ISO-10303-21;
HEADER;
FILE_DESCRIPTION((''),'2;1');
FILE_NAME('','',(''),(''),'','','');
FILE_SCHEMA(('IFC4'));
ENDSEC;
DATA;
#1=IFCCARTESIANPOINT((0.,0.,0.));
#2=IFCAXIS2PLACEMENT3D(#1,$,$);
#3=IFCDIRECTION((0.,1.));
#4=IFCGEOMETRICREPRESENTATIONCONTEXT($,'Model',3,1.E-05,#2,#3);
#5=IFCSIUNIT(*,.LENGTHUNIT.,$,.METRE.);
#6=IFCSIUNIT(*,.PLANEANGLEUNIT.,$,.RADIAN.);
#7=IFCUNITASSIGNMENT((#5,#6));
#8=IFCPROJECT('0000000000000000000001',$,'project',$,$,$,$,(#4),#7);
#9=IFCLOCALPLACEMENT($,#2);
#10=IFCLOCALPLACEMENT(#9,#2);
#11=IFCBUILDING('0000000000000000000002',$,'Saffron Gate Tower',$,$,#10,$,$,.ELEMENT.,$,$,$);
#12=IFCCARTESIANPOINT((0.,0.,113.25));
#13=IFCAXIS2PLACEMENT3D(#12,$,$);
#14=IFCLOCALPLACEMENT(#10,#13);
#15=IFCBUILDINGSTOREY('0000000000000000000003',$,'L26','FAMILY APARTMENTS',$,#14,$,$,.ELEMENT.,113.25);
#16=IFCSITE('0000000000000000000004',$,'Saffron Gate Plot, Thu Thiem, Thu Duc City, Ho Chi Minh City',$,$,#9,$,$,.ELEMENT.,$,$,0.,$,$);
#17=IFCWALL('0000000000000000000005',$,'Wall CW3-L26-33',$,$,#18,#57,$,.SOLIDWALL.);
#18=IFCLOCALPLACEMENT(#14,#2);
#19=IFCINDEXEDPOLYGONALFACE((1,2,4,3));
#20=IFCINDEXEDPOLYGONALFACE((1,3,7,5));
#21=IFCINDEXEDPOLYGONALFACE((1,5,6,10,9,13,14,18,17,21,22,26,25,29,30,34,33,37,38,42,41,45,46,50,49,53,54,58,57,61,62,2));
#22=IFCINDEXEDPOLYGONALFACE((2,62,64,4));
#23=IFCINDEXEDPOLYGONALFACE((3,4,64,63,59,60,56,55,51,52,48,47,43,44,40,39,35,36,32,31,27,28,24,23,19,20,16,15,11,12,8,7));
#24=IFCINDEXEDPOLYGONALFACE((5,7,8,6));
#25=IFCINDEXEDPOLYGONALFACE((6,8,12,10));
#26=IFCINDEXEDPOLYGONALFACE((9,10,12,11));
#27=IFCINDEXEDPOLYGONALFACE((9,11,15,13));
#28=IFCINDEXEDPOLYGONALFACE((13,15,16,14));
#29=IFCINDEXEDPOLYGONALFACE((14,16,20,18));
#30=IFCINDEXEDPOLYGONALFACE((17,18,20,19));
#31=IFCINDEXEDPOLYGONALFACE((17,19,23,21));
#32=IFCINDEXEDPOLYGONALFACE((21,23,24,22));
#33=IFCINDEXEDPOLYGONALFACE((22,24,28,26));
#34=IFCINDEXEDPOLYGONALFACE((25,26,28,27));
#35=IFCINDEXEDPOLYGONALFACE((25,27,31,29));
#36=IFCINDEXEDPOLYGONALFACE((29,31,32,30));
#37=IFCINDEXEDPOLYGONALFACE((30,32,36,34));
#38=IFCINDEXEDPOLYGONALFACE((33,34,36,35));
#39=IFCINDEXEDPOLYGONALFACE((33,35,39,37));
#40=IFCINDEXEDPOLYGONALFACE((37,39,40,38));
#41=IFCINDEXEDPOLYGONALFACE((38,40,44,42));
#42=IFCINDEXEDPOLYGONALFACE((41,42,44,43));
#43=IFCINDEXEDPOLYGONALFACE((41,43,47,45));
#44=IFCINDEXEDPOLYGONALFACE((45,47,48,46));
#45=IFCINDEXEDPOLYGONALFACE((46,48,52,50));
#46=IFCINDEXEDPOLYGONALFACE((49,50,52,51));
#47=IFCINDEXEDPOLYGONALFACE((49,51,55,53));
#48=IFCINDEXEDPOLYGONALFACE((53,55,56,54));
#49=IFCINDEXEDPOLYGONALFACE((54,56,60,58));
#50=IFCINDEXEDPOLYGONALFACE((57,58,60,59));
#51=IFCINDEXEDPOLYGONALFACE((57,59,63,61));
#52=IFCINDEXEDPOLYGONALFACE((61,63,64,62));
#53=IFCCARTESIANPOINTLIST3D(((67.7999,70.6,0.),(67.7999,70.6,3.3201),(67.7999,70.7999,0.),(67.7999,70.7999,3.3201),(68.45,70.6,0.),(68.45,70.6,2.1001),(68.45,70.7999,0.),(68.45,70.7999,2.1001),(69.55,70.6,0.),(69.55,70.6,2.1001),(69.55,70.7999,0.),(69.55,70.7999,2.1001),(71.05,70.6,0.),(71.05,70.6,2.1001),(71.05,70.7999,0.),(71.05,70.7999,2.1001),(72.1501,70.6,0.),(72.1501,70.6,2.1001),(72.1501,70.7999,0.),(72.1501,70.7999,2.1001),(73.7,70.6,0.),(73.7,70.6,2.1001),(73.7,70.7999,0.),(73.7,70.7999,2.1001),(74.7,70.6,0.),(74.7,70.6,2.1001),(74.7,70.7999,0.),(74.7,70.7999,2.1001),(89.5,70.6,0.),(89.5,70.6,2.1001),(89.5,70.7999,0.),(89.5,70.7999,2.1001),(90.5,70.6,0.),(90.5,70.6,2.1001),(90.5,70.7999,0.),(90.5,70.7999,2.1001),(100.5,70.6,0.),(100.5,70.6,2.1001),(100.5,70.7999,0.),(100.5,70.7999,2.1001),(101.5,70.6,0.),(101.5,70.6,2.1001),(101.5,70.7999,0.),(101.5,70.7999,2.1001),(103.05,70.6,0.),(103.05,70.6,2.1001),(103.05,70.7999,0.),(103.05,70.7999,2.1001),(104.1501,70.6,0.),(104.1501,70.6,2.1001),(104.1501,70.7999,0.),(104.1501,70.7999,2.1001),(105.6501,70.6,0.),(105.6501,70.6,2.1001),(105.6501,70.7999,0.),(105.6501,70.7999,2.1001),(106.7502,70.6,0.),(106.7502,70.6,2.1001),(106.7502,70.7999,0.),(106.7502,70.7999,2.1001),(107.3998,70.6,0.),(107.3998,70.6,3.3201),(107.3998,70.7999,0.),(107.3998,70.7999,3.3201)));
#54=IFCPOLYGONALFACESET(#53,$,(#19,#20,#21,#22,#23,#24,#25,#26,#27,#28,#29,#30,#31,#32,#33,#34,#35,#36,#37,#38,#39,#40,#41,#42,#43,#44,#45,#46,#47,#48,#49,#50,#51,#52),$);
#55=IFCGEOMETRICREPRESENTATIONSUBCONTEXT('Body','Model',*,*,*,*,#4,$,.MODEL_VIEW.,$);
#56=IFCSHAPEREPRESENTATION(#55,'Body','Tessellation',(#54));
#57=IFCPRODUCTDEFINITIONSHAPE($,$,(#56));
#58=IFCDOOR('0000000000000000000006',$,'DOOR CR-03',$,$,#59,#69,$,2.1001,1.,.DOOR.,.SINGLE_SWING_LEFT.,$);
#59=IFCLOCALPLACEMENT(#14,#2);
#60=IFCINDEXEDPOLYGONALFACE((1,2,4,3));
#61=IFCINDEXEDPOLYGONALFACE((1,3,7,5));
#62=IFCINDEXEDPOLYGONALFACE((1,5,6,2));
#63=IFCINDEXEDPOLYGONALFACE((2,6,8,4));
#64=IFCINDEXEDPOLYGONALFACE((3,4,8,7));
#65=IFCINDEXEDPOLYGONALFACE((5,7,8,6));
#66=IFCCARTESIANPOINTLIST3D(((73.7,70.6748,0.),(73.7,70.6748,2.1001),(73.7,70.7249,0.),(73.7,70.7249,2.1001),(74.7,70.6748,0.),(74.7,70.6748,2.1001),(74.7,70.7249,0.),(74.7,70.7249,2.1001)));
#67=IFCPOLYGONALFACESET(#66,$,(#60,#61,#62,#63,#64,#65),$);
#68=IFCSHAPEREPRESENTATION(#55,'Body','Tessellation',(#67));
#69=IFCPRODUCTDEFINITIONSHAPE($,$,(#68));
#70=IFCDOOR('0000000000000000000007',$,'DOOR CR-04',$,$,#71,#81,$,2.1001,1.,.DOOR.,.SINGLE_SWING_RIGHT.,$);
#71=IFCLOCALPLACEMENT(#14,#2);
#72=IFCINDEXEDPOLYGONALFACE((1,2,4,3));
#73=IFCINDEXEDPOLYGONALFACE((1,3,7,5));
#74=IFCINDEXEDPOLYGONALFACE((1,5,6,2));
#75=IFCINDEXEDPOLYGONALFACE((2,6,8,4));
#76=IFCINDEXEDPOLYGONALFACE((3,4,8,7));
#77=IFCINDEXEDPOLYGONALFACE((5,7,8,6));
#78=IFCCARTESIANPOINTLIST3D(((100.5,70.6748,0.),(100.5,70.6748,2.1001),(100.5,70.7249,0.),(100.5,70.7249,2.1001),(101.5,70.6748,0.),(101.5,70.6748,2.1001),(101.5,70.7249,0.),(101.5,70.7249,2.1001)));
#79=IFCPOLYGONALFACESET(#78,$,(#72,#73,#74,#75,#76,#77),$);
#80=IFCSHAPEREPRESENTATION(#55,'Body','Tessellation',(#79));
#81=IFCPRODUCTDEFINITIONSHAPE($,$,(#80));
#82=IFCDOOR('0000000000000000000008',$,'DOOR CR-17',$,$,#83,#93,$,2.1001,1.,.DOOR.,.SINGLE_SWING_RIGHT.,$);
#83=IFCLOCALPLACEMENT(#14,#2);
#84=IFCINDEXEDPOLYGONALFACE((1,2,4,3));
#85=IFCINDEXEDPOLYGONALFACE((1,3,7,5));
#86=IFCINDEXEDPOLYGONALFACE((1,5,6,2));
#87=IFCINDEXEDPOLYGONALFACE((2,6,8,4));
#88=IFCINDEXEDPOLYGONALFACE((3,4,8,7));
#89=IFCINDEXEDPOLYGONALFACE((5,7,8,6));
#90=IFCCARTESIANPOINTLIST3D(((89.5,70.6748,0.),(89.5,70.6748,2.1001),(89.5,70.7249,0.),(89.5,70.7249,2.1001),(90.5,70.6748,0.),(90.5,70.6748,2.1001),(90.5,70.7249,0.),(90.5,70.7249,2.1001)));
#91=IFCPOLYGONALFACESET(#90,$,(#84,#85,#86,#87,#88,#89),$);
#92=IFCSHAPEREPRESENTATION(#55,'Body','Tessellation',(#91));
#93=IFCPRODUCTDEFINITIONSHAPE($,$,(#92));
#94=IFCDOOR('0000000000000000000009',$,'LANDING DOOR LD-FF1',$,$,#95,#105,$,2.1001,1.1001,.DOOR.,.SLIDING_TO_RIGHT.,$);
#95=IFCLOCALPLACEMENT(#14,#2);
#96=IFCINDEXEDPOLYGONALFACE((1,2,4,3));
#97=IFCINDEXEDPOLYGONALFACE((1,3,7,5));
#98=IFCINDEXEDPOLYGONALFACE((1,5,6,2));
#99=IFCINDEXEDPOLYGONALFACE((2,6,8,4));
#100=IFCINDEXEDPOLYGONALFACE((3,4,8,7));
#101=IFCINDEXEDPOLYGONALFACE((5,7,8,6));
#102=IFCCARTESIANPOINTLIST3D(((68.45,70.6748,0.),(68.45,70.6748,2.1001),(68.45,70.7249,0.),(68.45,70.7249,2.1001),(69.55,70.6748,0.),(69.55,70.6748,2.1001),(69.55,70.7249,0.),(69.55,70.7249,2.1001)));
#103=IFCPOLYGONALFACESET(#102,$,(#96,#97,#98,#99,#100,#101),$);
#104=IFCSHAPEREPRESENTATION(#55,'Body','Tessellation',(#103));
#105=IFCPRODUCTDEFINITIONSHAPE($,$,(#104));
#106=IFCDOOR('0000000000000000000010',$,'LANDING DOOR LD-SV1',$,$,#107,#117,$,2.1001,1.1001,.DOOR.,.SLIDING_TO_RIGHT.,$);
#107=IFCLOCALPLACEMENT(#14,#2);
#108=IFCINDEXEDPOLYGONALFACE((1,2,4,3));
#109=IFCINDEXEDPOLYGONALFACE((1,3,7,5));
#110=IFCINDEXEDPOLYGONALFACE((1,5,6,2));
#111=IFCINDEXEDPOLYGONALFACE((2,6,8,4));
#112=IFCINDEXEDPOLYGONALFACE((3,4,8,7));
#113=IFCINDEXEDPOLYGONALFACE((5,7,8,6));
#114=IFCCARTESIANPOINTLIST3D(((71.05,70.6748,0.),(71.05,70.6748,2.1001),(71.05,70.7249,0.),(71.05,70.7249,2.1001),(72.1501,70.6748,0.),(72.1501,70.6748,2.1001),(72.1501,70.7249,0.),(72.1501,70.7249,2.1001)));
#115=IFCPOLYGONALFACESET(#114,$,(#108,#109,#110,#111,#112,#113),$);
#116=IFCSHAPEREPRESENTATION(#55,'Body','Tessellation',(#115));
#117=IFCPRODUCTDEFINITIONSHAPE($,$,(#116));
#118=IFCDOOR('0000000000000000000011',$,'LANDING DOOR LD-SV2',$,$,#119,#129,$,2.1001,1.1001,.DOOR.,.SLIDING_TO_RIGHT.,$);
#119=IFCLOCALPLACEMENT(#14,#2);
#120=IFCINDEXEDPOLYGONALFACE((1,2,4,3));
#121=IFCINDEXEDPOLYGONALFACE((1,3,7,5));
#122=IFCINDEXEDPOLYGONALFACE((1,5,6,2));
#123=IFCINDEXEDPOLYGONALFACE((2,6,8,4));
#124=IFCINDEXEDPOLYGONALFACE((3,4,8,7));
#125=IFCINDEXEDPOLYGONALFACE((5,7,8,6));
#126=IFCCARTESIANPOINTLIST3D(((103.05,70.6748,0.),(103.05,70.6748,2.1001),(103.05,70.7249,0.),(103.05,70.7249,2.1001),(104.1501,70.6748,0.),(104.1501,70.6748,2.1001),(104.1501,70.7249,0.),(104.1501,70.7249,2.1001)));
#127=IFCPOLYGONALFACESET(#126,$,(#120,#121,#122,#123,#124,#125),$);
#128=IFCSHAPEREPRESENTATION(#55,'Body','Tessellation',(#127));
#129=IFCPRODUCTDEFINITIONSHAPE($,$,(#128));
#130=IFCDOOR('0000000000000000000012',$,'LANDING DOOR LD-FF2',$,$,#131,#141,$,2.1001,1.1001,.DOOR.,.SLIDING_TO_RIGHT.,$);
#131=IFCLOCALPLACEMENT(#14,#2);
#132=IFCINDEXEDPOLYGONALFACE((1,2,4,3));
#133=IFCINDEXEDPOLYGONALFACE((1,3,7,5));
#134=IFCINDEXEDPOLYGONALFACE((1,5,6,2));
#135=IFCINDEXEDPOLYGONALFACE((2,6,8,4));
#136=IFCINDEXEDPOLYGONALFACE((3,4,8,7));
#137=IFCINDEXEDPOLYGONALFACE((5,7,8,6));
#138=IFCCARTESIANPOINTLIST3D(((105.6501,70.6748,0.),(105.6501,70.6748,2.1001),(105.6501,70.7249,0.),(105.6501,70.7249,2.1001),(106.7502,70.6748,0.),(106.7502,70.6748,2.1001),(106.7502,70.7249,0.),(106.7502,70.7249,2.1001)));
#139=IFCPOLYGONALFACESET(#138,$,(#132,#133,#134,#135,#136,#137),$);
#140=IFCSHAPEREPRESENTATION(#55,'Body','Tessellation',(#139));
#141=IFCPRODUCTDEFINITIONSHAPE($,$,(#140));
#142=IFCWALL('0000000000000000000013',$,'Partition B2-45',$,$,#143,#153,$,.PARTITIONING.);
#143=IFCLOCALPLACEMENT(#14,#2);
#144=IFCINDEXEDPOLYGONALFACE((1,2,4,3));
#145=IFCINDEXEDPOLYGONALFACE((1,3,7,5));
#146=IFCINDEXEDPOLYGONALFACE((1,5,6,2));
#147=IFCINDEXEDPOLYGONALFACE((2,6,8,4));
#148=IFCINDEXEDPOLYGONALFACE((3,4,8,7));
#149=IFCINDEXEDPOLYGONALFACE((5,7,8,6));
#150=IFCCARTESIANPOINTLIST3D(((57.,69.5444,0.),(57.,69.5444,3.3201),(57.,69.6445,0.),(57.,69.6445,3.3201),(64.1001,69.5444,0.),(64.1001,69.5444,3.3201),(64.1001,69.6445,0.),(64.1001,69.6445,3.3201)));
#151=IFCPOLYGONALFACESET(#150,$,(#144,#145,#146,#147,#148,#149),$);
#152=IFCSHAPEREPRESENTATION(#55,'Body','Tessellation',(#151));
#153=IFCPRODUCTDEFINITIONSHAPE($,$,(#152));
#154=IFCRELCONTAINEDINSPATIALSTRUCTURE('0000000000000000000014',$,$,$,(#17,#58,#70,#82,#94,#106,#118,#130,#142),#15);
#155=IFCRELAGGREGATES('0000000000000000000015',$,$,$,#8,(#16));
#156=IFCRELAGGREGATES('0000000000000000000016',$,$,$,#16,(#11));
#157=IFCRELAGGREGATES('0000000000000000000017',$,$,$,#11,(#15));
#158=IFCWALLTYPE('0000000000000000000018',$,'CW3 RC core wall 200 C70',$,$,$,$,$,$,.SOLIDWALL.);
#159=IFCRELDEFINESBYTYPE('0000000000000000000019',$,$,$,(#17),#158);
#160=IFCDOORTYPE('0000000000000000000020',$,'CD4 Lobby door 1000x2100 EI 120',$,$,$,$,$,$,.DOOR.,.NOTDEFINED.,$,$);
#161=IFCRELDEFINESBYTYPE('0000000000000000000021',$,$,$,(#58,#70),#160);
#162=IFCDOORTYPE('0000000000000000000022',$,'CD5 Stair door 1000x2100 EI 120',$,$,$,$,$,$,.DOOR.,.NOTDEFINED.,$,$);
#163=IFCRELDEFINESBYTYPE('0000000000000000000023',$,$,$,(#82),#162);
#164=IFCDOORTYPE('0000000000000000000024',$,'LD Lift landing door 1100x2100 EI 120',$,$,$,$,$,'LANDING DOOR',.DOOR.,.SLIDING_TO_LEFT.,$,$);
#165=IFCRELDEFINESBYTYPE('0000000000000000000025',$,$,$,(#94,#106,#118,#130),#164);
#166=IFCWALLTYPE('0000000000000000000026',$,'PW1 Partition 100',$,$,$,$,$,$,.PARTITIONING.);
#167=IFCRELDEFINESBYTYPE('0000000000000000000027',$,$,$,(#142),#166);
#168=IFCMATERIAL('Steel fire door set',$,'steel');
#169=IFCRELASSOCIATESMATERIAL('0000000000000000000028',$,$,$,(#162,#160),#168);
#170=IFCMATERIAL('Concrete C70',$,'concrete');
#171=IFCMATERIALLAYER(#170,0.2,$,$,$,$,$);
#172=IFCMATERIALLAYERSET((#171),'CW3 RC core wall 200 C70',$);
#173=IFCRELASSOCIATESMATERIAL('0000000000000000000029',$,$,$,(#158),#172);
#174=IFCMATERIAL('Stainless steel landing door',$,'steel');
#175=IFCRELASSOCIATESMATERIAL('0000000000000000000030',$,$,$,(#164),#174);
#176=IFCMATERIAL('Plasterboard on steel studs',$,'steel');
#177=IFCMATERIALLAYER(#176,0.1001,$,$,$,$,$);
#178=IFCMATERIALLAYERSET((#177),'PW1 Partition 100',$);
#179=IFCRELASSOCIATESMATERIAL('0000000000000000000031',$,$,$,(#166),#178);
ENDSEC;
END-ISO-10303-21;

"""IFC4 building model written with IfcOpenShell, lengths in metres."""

from ifc_helpers import new_model, si_unit, direction, frame, frame_2d, origin, place, context, subcontext, project, spatial, rectangle, extrude, material, layer, layer_set, type_object, element, fill, save


model = new_model("IFC4")

# Units and contexts
model_context = context("Model", 3, precision=1e-05, world=origin(), true_north=direction((0.0, 1.0)))
body_context = subcontext(model_context, "Body", "Model", "MODEL_VIEW")
ifc_project = project(units=[si_unit("LENGTHUNIT", "METRE"), si_unit("PLANEANGLEUNIT", "RADIAN")], contexts=[model_context])

# Site, building, storey
site_placement = place(None, origin())
site = spatial("IfcSite", under=ifc_project, at=site_placement, Name="Saffron Gate Plot, Thu Thiem, Thu Duc City, Ho Chi Minh City", CompositionType="ELEMENT", RefElevation=0.0)
building_placement = place(site_placement, origin())
building = spatial("IfcBuilding", under=site, at=building_placement, Name="Saffron Gate Tower", CompositionType="ELEMENT")
storey_placement = place(building_placement, frame((0.0, 0.0, 113.25)))
storey = spatial("IfcBuildingStorey", under=building, at=storey_placement, Name="L26", Description="FAMILY APARTMENTS", CompositionType="ELEMENT", Elevation=113.25)

# Shared definitions
ifc_material_1 = material(Name="Concrete C70", Category="concrete")

# Wall, openings, doors
ifc_material_2 = material(Name="Steel fire door set", Category="steel")
door_type_1 = type_object("IfcDoorType", Name="CD5 Stair door 1000x2100 EI 120", OperationType="NOTDEFINED", PredefinedType="DOOR", material=ifc_material_2)
ifc_layer_1 = layer(ifc_material_1, 0.2)
ifc_layer_set_1 = layer_set([ifc_layer_1], Name="CW3 RC core wall 200 C70")
wall_type_1 = type_object("IfcWallType", Name="CW3 RC core wall 200 C70", PredefinedType="SOLIDWALL", material=ifc_layer_set_1)
wall_1_placement = place(storey_placement, frame((67.8, 70.7, 0.0), z_axis=(0.0, 0.0, 1.0), x_axis=(1.0, 0.0, 0.0)))
wall_1 = element("IfcWall", 1, at=wall_1_placement, inside=storey, type_object=wall_type_1, Name="Wall CW3-L26-33", PredefinedType="SOLIDWALL", context=body_context, shape_type="SweptSolid", body=[
    extrude(rectangle(XDim=39.5999, YDim=0.2, at=frame_2d((19.7998, 0.0))), origin(), (0.0, 0.0, 1.0), 3.3201),
])
opening_1_placement = place(wall_1_placement, frame((0.6499, 0.0, 0.0)))
opening_1 = element("IfcOpeningElement", 2, at=opening_1_placement, cuts=wall_1, PredefinedType="OPENING", context=body_context, shape_type="SweptSolid", body=[
    extrude(rectangle(XDim=1.1001, YDim=2.1001, at=frame_2d((0.55, 1.05))), frame((0.0, 0.1099, 0.0), z_axis=(0.0, -1.0, 0.0), x_axis=(1.0, 0.0, 0.0)), (0.0, 0.0, 1.0), 0.22),
])
opening_2_placement = place(wall_1_placement, frame((3.25, 0.0, 0.0)))
opening_2 = element("IfcOpeningElement", 3, at=opening_2_placement, cuts=wall_1, PredefinedType="OPENING", context=body_context, shape_type="SweptSolid", body=[
    extrude(rectangle(XDim=1.1001, YDim=2.1001, at=frame_2d((0.55, 1.05))), frame((0.0, 0.1099, 0.0), z_axis=(0.0, -1.0, 0.0), x_axis=(1.0, 0.0, 0.0)), (0.0, 0.0, 1.0), 0.22),
])
opening_3_placement = place(wall_1_placement, frame((5.8999, 0.0, 0.0)))
opening_3 = element("IfcOpeningElement", 4, at=opening_3_placement, cuts=wall_1, PredefinedType="OPENING", context=body_context, shape_type="SweptSolid", body=[
    extrude(rectangle(XDim=1.0, YDim=2.1001, at=frame_2d((0.5, 1.05))), frame((0.0, 0.1099, 0.0), z_axis=(0.0, -1.0, 0.0), x_axis=(1.0, 0.0, 0.0)), (0.0, 0.0, 1.0), 0.22),
])
opening_4_placement = place(wall_1_placement, frame((21.7, 0.0, 0.0)))
opening_4 = element("IfcOpeningElement", 5, at=opening_4_placement, cuts=wall_1, PredefinedType="OPENING", context=body_context, shape_type="SweptSolid", body=[
    extrude(rectangle(XDim=1.0, YDim=2.1001, at=frame_2d((0.5, 1.05))), frame((0.0, 0.1099, 0.0), z_axis=(0.0, -1.0, 0.0), x_axis=(1.0, 0.0, 0.0)), (0.0, 0.0, 1.0), 0.22),
])
opening_5_placement = place(wall_1_placement, frame((32.7, 0.0, 0.0)))
opening_5 = element("IfcOpeningElement", 6, at=opening_5_placement, cuts=wall_1, PredefinedType="OPENING", context=body_context, shape_type="SweptSolid", body=[
    extrude(rectangle(XDim=1.0, YDim=2.1001, at=frame_2d((0.5, 1.05))), frame((0.0, 0.1099, 0.0), z_axis=(0.0, -1.0, 0.0), x_axis=(1.0, 0.0, 0.0)), (0.0, 0.0, 1.0), 0.22),
])
opening_6_placement = place(wall_1_placement, frame((35.25, 0.0, 0.0)))
opening_6 = element("IfcOpeningElement", 7, at=opening_6_placement, cuts=wall_1, PredefinedType="OPENING", context=body_context, shape_type="SweptSolid", body=[
    extrude(rectangle(XDim=1.1001, YDim=2.1001, at=frame_2d((0.55, 1.05))), frame((0.0, 0.1099, 0.0), z_axis=(0.0, -1.0, 0.0), x_axis=(1.0, 0.0, 0.0)), (0.0, 0.0, 1.0), 0.22),
])
opening_7_placement = place(wall_1_placement, frame((37.8501, 0.0, 0.0)))
opening_7 = element("IfcOpeningElement", 8, at=opening_7_placement, cuts=wall_1, PredefinedType="OPENING", context=body_context, shape_type="SweptSolid", body=[
    extrude(rectangle(XDim=1.1001, YDim=2.1001, at=frame_2d((0.55, 1.05))), frame((0.0, 0.1099, 0.0), z_axis=(0.0, -1.0, 0.0), x_axis=(1.0, 0.0, 0.0)), (0.0, 0.0, 1.0), 0.22),
])
door_type_2 = type_object("IfcDoorType", Name="CD4 Lobby door 1000x2100 EI 120", OperationType="NOTDEFINED", PredefinedType="DOOR", material=ifc_material_2)
door_1_placement = place(opening_3_placement, origin())
door_1 = element("IfcDoor", 9, at=door_1_placement, inside=storey, type_object=door_type_2, Name="DOOR CR-03", OperationType="SINGLE_SWING_LEFT", OverallHeight=2.1001, OverallWidth=1.0, PredefinedType="DOOR", context=body_context, shape_type="SweptSolid", body=[
    extrude(rectangle(XDim=1.0, YDim=2.1001, at=frame_2d((0.5, 1.05))), frame((0.0, 0.0249, 0.0), z_axis=(0.0, -1.0, 0.0), x_axis=(1.0, 0.0, 0.0)), (0.0, 0.0, 1.0), 0.05),
])
fill(opening_3, door_1)
door_2_placement = place(opening_5_placement, origin())
door_2 = element("IfcDoor", 10, at=door_2_placement, inside=storey, type_object=door_type_2, Name="DOOR CR-04", OperationType="SINGLE_SWING_RIGHT", OverallHeight=2.1001, OverallWidth=1.0, PredefinedType="DOOR", context=body_context, shape_type="SweptSolid", body=[
    extrude(rectangle(XDim=1.0, YDim=2.1001, at=frame_2d((0.5, 1.05))), frame((0.0, 0.0249, 0.0), z_axis=(0.0, -1.0, 0.0), x_axis=(1.0, 0.0, 0.0)), (0.0, 0.0, 1.0), 0.05),
])
fill(opening_5, door_2)
door_3_placement = place(opening_4_placement, origin())
door_3 = element("IfcDoor", 11, at=door_3_placement, inside=storey, type_object=door_type_1, Name="DOOR CR-17", OperationType="SINGLE_SWING_RIGHT", OverallHeight=2.1001, OverallWidth=1.0, PredefinedType="DOOR", context=body_context, shape_type="SweptSolid", body=[
    extrude(rectangle(XDim=1.0, YDim=2.1001, at=frame_2d((0.5, 1.05))), frame((0.0, 0.0249, 0.0), z_axis=(0.0, -1.0, 0.0), x_axis=(1.0, 0.0, 0.0)), (0.0, 0.0, 1.0), 0.05),
])
fill(opening_4, door_3)
ifc_material_3 = material(Name="Stainless steel landing door", Category="steel")
door_type_3 = type_object("IfcDoorType", Name="LD Lift landing door 1100x2100 EI 120", ElementType="LANDING DOOR", OperationType="SLIDING_TO_LEFT", PredefinedType="DOOR", material=ifc_material_3)
door_4_placement = place(opening_1_placement, origin())
door_4 = element("IfcDoor", 12, at=door_4_placement, inside=storey, type_object=door_type_3, Name="LANDING DOOR LD-FF1", OperationType="SLIDING_TO_RIGHT", OverallHeight=2.1001, OverallWidth=1.1001, PredefinedType="DOOR", context=body_context, shape_type="SweptSolid", body=[
    extrude(rectangle(XDim=1.1001, YDim=2.1001, at=frame_2d((0.55, 1.05))), frame((0.0, 0.0249, 0.0), z_axis=(0.0, -1.0, 0.0), x_axis=(1.0, 0.0, 0.0)), (0.0, 0.0, 1.0), 0.05),
])
fill(opening_1, door_4)
door_5_placement = place(opening_2_placement, origin())
door_5 = element("IfcDoor", 13, at=door_5_placement, inside=storey, type_object=door_type_3, Name="LANDING DOOR LD-SV1", OperationType="SLIDING_TO_RIGHT", OverallHeight=2.1001, OverallWidth=1.1001, PredefinedType="DOOR", context=body_context, shape_type="SweptSolid", body=[
    extrude(rectangle(XDim=1.1001, YDim=2.1001, at=frame_2d((0.55, 1.05))), frame((0.0, 0.0249, 0.0), z_axis=(0.0, -1.0, 0.0), x_axis=(1.0, 0.0, 0.0)), (0.0, 0.0, 1.0), 0.05),
])
fill(opening_2, door_5)
door_6_placement = place(opening_6_placement, origin())
door_6 = element("IfcDoor", 14, at=door_6_placement, inside=storey, type_object=door_type_3, Name="LANDING DOOR LD-SV2", OperationType="SLIDING_TO_RIGHT", OverallHeight=2.1001, OverallWidth=1.1001, PredefinedType="DOOR", context=body_context, shape_type="SweptSolid", body=[
    extrude(rectangle(XDim=1.1001, YDim=2.1001, at=frame_2d((0.55, 1.05))), frame((0.0, 0.0249, 0.0), z_axis=(0.0, -1.0, 0.0), x_axis=(1.0, 0.0, 0.0)), (0.0, 0.0, 1.0), 0.05),
])
fill(opening_6, door_6)
door_7_placement = place(opening_7_placement, origin())
door_7 = element("IfcDoor", 15, at=door_7_placement, inside=storey, type_object=door_type_3, Name="LANDING DOOR LD-FF2", OperationType="SLIDING_TO_RIGHT", OverallHeight=2.1001, OverallWidth=1.1001, PredefinedType="DOOR", context=body_context, shape_type="SweptSolid", body=[
    extrude(rectangle(XDim=1.1001, YDim=2.1001, at=frame_2d((0.55, 1.05))), frame((0.0, 0.0249, 0.0), z_axis=(0.0, -1.0, 0.0), x_axis=(1.0, 0.0, 0.0)), (0.0, 0.0, 1.0), 0.05),
])
fill(opening_7, door_7)

# Wall
ifc_material_4 = material(Name="Plasterboard on steel studs", Category="steel")
ifc_layer_2 = layer(ifc_material_4, 0.1001)
ifc_layer_set_2 = layer_set([ifc_layer_2], Name="PW1 Partition 100")
wall_type_2 = type_object("IfcWallType", Name="PW1 Partition 100", PredefinedType="PARTITIONING", material=ifc_layer_set_2)
wall_2_placement = place(storey_placement, frame((57.0, 69.5945, 0.0), z_axis=(0.0, 0.0, 1.0), x_axis=(1.0, 0.0, 0.0)))
element("IfcWall", 16, at=wall_2_placement, inside=storey, type_object=wall_type_2, Name="Partition B2-45", PredefinedType="PARTITIONING", context=body_context, shape_type="SweptSolid", body=[
    extrude(rectangle(XDim=7.1001, YDim=0.1001, at=frame_2d((3.55, 0.0))), origin(), (0.0, 0.0, 1.0), 3.3201),
])

save(model, "model.ifc")
